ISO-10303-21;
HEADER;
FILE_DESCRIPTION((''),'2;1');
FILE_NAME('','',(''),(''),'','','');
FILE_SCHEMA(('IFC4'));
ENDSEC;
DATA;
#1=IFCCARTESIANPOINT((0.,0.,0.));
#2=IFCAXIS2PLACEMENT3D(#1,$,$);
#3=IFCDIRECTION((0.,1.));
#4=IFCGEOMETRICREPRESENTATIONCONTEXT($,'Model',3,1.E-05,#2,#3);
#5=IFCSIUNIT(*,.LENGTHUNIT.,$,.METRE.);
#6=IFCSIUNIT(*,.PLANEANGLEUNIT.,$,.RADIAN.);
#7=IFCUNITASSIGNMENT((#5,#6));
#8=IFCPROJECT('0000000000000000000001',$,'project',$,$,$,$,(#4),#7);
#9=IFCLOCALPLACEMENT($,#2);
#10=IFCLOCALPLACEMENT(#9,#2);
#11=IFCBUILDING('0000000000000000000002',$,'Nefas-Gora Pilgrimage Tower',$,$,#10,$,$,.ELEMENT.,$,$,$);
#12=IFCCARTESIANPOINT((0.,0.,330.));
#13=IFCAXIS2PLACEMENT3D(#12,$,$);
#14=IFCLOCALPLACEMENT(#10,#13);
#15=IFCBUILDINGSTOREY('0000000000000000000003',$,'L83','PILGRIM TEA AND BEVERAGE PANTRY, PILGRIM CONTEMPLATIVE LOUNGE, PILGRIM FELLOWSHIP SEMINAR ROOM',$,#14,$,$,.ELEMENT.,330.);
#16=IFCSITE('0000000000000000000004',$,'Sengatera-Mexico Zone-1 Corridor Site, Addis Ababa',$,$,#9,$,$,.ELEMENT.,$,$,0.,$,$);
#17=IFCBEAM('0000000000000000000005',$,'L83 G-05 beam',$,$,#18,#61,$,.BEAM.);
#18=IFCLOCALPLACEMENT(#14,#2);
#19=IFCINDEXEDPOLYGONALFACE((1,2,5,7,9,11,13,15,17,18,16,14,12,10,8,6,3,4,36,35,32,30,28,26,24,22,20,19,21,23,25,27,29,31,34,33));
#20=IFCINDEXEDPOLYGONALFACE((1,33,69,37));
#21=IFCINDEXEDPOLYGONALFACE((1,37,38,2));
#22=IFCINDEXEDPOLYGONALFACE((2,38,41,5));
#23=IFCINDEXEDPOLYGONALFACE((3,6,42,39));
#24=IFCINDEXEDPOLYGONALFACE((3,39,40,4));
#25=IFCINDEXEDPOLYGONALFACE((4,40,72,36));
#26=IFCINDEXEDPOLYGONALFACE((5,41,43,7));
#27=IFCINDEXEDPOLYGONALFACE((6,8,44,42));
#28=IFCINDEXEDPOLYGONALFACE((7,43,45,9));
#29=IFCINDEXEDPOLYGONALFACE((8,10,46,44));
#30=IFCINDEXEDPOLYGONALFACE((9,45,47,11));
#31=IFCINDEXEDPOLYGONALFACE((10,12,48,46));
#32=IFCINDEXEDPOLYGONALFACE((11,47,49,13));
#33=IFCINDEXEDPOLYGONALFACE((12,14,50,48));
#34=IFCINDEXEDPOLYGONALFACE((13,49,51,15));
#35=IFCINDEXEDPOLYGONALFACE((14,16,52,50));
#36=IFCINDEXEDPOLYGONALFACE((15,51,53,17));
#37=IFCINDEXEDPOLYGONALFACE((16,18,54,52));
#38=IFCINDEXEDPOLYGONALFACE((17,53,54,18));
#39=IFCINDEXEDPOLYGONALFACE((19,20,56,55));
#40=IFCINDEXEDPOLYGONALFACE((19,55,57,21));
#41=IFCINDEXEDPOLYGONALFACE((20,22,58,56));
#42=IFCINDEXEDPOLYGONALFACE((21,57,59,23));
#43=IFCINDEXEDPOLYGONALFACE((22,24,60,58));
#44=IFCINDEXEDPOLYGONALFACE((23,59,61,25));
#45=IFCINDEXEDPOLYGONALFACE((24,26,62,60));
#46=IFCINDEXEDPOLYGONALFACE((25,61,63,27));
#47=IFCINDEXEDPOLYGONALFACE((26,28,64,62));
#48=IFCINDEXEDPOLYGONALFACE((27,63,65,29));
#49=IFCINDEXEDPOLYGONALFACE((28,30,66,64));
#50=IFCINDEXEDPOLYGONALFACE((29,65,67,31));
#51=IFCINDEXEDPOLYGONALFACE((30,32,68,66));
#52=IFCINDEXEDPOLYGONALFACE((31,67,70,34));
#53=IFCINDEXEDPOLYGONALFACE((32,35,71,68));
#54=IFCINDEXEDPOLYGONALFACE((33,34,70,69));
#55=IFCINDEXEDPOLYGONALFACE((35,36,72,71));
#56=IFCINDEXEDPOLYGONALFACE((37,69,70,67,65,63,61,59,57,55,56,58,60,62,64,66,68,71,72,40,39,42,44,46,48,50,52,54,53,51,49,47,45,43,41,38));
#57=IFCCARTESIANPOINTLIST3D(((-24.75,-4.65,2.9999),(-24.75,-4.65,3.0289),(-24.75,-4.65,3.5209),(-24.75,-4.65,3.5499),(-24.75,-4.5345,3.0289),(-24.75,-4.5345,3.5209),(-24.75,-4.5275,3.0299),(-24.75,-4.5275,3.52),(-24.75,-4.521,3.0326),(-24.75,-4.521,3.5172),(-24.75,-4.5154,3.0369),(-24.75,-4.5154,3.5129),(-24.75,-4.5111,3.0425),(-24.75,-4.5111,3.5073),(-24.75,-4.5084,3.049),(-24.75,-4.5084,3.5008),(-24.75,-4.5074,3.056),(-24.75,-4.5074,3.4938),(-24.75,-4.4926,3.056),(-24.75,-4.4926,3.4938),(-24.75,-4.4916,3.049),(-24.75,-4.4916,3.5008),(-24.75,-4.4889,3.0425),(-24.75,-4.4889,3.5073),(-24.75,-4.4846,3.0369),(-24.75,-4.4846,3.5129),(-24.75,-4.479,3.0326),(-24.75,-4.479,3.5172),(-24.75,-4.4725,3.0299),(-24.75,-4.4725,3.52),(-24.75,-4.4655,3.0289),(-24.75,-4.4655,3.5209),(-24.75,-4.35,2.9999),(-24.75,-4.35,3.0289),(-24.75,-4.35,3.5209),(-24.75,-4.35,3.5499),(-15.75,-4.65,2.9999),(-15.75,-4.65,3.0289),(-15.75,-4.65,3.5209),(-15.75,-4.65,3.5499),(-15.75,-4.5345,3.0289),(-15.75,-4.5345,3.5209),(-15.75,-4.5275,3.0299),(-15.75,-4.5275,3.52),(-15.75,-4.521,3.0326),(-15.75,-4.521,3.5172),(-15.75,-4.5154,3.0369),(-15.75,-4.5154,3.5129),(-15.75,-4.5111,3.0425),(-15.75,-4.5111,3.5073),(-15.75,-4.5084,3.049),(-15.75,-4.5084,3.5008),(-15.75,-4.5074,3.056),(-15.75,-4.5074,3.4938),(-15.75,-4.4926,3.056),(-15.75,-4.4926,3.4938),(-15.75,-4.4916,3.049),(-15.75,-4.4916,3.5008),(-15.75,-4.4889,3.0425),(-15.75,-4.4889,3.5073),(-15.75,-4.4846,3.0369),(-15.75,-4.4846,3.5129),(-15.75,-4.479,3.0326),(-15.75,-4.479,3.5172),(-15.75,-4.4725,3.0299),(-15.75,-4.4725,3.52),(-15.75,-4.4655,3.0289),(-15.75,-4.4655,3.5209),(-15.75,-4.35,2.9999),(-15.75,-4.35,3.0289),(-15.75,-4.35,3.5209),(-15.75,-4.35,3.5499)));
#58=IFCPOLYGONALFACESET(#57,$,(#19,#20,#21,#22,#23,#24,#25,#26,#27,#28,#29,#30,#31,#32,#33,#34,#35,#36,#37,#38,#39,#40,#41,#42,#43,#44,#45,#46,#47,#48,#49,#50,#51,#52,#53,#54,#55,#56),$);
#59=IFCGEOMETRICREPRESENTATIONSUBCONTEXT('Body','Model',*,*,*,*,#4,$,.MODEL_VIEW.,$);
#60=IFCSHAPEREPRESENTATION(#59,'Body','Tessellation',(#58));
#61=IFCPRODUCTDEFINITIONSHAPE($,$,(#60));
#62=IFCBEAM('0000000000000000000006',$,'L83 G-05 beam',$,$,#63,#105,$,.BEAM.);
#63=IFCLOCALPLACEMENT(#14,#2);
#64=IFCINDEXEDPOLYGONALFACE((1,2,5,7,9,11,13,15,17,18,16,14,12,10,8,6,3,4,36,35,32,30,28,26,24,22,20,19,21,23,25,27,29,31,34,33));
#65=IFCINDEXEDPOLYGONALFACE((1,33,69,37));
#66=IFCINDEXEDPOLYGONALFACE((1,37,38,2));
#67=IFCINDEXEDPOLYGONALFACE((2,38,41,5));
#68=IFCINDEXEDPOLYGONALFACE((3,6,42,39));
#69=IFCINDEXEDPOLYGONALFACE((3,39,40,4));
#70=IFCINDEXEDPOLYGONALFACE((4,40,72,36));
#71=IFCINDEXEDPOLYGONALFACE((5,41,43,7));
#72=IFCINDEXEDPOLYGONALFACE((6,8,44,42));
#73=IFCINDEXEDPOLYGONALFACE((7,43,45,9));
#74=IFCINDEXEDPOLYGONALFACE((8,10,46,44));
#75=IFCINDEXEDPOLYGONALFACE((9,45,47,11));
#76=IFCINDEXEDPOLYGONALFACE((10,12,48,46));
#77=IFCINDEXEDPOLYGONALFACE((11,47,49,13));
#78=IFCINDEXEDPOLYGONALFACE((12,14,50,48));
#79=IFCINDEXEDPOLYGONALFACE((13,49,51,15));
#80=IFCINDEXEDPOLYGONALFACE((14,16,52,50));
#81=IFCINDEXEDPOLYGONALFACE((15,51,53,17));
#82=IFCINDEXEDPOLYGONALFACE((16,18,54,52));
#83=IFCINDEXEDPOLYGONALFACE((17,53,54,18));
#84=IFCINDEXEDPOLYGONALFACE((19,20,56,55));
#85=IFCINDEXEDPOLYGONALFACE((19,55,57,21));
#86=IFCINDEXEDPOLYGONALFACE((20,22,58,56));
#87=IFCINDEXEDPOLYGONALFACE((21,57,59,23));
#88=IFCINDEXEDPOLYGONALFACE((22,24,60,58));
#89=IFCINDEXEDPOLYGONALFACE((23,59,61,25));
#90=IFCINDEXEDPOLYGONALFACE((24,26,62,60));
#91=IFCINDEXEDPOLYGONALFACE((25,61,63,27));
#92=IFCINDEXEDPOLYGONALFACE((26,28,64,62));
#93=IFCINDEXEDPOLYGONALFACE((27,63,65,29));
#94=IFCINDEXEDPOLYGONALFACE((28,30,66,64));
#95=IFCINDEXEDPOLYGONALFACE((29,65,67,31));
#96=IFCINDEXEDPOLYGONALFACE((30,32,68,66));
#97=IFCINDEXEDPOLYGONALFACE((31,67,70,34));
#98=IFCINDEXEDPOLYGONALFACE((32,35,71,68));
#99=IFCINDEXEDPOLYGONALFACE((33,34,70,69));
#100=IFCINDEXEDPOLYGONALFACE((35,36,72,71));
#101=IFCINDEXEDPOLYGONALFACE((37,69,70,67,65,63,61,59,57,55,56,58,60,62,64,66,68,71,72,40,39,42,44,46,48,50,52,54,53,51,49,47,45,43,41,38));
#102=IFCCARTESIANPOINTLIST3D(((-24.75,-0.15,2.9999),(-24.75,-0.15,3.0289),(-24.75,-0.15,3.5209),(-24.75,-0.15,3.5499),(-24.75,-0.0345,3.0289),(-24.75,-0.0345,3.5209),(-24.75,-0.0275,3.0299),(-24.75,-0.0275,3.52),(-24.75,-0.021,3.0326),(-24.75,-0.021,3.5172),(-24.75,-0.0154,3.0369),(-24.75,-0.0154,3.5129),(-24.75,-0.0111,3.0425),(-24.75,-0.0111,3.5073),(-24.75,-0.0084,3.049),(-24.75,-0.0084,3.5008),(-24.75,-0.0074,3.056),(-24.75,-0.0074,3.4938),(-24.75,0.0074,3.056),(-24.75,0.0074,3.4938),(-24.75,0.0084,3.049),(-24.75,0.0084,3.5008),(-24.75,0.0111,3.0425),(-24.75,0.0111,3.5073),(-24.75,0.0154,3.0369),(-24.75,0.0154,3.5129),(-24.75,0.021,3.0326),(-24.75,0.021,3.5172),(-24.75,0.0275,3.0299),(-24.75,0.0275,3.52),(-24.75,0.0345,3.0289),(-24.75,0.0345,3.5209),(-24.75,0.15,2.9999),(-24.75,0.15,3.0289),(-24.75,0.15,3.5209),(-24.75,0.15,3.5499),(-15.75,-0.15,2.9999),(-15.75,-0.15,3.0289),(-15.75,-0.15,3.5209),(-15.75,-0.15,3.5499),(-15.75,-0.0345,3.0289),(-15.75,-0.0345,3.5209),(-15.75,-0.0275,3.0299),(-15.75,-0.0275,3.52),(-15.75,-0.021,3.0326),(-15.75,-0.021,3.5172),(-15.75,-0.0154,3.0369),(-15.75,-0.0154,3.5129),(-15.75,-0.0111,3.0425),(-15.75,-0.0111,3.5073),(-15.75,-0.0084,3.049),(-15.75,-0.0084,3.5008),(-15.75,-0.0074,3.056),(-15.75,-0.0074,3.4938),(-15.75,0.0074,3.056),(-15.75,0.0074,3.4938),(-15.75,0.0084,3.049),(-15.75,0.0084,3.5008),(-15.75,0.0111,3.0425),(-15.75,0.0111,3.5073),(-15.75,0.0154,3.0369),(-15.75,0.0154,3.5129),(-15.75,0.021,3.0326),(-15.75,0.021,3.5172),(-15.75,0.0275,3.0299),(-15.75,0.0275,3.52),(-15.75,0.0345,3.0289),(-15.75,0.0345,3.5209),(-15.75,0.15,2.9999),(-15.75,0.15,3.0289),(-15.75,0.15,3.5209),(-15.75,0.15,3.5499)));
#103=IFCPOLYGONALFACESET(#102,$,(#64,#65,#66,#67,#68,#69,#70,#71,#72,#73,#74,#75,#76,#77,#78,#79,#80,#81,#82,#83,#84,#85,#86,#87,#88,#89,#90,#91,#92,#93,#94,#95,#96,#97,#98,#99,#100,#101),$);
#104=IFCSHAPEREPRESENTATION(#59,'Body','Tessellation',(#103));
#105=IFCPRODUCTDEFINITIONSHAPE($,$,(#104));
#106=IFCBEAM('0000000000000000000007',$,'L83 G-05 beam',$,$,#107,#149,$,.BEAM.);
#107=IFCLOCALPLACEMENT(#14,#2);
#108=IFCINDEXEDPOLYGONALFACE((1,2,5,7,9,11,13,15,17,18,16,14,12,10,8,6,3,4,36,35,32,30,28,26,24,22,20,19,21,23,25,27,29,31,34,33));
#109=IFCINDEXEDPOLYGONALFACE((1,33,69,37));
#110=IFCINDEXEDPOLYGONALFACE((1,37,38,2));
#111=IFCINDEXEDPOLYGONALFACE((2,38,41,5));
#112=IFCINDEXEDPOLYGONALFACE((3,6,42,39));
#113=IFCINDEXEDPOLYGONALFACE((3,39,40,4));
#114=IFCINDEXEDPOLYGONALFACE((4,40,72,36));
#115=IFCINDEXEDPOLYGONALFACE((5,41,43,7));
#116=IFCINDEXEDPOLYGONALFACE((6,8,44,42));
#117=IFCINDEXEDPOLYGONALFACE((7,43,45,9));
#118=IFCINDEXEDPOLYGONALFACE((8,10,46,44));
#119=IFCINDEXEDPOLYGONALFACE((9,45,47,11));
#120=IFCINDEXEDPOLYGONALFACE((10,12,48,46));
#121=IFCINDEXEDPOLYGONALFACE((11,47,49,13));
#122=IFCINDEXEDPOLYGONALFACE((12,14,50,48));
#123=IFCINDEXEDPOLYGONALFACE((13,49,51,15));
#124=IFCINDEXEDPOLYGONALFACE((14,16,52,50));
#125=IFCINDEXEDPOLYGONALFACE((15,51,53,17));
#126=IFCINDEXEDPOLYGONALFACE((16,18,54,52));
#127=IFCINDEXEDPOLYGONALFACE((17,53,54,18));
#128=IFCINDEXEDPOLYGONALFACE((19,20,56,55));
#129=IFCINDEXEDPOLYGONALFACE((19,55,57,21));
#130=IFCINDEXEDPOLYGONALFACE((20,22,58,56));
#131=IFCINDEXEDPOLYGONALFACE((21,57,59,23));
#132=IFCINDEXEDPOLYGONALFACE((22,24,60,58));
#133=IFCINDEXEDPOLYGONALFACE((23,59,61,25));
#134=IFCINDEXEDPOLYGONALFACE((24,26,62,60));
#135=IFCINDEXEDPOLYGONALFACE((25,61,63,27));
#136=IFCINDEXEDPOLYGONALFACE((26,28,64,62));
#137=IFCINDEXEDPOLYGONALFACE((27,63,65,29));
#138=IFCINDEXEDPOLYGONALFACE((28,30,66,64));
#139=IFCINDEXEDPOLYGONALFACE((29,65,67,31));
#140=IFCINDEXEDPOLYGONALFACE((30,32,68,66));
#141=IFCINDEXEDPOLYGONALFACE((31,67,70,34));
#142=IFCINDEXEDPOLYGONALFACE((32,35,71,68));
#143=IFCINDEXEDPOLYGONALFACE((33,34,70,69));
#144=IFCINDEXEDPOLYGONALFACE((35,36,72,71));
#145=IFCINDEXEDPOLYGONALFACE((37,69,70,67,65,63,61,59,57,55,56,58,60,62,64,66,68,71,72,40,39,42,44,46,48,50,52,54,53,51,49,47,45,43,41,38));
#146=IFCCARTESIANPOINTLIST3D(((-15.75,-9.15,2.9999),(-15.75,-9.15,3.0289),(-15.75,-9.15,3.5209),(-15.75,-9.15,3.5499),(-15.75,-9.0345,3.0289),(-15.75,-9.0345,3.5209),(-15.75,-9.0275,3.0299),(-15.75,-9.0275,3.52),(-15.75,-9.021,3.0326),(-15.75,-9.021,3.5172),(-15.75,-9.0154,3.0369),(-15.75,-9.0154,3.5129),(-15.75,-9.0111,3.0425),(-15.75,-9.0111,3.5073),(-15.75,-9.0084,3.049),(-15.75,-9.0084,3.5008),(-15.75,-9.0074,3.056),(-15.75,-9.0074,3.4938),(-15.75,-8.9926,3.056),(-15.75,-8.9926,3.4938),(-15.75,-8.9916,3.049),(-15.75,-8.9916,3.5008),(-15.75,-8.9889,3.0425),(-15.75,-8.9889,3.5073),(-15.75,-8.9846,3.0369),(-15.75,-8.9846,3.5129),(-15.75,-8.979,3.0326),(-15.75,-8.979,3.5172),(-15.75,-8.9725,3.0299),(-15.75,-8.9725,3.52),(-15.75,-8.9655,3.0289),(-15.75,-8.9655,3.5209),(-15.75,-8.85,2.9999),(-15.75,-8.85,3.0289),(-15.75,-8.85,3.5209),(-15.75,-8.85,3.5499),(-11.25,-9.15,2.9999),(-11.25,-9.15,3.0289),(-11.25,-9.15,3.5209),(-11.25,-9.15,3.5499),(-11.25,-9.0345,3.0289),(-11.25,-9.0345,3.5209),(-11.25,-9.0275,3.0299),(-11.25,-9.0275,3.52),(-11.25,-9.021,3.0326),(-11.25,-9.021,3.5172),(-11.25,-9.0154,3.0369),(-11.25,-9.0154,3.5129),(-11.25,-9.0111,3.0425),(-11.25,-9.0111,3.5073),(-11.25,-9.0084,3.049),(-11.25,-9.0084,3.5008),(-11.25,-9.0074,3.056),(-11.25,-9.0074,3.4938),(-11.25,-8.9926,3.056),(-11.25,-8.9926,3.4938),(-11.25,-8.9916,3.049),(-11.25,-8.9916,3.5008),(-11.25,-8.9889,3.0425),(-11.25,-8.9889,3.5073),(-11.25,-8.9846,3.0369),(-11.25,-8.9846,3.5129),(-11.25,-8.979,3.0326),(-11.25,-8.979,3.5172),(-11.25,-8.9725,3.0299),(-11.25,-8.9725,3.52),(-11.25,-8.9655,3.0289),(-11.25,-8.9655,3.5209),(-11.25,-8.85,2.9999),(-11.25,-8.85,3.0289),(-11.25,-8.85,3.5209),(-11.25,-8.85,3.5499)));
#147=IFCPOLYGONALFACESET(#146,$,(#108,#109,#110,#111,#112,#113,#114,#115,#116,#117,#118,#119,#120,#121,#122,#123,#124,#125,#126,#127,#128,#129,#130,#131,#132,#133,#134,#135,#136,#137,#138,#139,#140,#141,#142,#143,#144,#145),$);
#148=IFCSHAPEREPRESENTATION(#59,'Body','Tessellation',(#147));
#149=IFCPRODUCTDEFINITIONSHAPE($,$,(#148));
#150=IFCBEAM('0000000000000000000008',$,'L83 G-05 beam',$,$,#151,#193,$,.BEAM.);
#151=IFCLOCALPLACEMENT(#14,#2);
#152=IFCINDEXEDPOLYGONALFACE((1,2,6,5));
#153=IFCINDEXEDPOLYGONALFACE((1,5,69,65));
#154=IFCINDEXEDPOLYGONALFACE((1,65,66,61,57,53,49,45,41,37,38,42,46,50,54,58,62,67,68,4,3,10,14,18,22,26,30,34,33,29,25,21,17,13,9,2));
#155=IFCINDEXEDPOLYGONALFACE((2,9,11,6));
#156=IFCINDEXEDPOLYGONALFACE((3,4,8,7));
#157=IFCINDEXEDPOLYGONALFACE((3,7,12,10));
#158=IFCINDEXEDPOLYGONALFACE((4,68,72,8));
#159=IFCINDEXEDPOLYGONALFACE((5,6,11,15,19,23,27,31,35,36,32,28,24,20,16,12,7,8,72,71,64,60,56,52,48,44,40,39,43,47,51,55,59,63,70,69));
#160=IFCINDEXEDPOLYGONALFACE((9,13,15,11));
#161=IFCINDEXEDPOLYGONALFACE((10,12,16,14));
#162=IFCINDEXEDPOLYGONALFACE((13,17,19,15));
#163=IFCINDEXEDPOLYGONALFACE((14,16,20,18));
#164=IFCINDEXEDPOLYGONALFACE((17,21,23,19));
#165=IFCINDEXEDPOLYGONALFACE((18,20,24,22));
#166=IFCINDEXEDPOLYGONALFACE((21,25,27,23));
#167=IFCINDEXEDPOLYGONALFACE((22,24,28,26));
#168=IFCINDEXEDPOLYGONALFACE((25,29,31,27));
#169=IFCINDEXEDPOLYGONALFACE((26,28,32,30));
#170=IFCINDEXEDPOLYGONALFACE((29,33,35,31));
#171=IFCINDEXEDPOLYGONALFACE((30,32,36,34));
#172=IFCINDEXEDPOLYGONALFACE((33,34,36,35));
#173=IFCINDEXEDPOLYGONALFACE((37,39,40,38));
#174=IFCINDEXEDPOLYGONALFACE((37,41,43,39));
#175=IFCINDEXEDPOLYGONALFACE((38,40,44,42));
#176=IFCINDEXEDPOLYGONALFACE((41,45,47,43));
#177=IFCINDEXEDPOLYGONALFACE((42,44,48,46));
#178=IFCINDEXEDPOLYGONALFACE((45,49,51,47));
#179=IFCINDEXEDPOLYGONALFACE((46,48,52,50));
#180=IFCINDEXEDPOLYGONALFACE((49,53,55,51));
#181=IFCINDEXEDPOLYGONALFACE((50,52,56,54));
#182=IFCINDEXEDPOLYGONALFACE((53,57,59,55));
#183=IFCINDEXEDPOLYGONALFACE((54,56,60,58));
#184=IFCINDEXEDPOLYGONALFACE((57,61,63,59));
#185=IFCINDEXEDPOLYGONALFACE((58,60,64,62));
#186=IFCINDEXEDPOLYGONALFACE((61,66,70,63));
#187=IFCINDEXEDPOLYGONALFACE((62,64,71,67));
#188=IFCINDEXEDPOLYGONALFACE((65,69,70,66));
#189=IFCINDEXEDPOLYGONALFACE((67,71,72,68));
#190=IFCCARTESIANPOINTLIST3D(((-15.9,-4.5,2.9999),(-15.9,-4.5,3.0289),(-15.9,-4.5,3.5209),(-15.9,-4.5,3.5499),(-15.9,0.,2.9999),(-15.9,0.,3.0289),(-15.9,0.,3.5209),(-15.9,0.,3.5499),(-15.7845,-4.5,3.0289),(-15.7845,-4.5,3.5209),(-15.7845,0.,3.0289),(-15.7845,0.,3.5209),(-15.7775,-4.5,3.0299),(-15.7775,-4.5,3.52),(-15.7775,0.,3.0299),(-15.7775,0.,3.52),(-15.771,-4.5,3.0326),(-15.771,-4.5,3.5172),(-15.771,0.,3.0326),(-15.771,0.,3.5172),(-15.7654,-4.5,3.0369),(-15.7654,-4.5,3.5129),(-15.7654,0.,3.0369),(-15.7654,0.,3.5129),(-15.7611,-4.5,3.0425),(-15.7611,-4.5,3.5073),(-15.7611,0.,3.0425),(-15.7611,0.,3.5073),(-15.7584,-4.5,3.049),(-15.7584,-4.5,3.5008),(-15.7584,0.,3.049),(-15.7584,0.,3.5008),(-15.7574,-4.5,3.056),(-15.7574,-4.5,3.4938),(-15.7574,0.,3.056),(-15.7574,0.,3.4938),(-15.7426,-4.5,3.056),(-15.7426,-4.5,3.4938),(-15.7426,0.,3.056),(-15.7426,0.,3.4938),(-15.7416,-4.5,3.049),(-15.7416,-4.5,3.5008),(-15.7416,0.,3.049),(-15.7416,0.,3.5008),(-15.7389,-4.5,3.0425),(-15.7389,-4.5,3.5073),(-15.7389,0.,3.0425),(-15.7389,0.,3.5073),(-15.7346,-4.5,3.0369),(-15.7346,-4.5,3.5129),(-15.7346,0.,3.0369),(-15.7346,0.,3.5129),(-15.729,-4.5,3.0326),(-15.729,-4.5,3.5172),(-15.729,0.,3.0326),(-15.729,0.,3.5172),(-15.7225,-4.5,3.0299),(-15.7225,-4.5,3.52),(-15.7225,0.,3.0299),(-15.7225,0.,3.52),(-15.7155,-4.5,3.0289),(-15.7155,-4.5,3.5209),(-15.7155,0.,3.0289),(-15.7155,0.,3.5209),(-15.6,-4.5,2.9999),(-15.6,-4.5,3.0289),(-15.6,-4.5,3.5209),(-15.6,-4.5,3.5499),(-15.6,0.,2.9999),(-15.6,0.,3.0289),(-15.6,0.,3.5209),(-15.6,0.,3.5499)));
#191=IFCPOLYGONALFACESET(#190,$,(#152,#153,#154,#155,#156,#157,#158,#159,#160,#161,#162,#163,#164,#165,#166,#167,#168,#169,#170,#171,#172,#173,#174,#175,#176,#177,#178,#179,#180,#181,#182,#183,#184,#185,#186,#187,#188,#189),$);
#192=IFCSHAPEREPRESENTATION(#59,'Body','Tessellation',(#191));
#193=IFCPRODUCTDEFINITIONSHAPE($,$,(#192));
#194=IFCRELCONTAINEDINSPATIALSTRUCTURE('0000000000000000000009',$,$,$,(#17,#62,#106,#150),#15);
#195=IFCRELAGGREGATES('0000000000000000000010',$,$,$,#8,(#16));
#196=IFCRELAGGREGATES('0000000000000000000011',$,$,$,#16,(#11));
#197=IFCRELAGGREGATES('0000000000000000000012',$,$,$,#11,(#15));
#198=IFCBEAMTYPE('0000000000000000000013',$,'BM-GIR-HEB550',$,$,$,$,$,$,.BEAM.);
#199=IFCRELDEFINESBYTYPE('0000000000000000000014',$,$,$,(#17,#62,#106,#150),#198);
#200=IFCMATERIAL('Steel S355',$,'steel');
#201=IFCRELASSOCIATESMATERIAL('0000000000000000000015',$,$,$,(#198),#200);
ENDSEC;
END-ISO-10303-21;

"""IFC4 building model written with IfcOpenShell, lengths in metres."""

from ifc_helpers import new_model, si_unit, direction, frame, origin, origin_2d, place, context, subcontext, project, spatial, i_section, extrude, source, transform, mapped, material, material_profile, profile_set, type_object, element, save


model = new_model("IFC4")

# Units and contexts
model_context = context("Model", 3, precision=1e-05, world=origin(), true_north=direction((0.0, 1.0)))
body_context = subcontext(model_context, "Body", "Model", "MODEL_VIEW")
ifc_project = project(units=[si_unit("LENGTHUNIT", "METRE"), si_unit("PLANEANGLEUNIT", "RADIAN")], contexts=[model_context])

# Site, building, storey
site_placement = place(None, origin())
site = spatial("IfcSite", under=ifc_project, at=site_placement, Name="Sengatera-Mexico Zone-1 Corridor Site, Addis Ababa", CompositionType="ELEMENT", RefElevation=0.0)
building_placement = place(site_placement, origin())
building = spatial("IfcBuilding", under=site, at=building_placement, Name="Nefas-Gora Pilgrimage Tower", CompositionType="ELEMENT")
storey_placement = place(building_placement, frame((0.0, 0.0, 330.0)))
storey = spatial("IfcBuildingStorey", under=building, at=storey_placement, Name="L83", Description="PILGRIM TEA AND BEVERAGE PANTRY, PILGRIM CONTEMPLATIVE LOUNGE, PILGRIM FELLOWSHIP SEMINAR ROOM", CompositionType="ELEMENT", Elevation=330.0)

# Shared definitions
ifc_material_1 = material(Name="Steel S355", Category="steel")

# Beams
ifc_material_profile_1 = material_profile(ifc_material_1, i_section(OverallWidth=0.3, OverallDepth=0.55, WebThickness=0.0149, FlangeThickness=0.0291, FilletRadius=0.0271, at=origin_2d()), Name="HEB 550")
ifc_profile_set_1 = profile_set([ifc_material_profile_1], Name="Steel S355")
beam_type_1 = type_object("IfcBeamType", Name="BM-GIR-HEB550", PredefinedType="BEAM", material=ifc_profile_set_1)
shared_shape_1 = source(origin(), body_context, "Body", "SweptSolid", [
    extrude(i_section(OverallWidth=0.3, OverallDepth=0.55, WebThickness=0.0149, FlangeThickness=0.0291, FilletRadius=0.0271, at=origin_2d()), origin(), (0.0, 0.0, 1.0), 9.0),
])
for number, where, z_axis, x_axis, name in (
    (1, (-24.75, -4.5, 3.2749), (1.0, 0.0, 0.0), (0.0, 1.0, 0.0), "L83 G-05 beam"),
    (2, (-24.75, 0.0, 3.2749), (1.0, 0.0, 0.0), (0.0, 1.0, 0.0), "L83 G-05 beam"),
):
    element("IfcBeam", number, at=place(storey_placement, frame(where, z_axis=z_axis, x_axis=x_axis)), inside=storey, type_object=beam_type_1, Name=name, PredefinedType="BEAM", context=body_context, shape_type="MappedRepresentation", body=[
        mapped(shared_shape_1, transform((0.0, 0.0, 0.0), x_axis=(1.0, 0.0, 0.0), y_axis=(0.0, 1.0, 0.0), z_axis=(0.0, 0.0, 1.0), scale=1.0)),
    ])
shared_shape_2 = source(origin(), body_context, "Body", "SweptSolid", [
    extrude(i_section(OverallWidth=0.3, OverallDepth=0.55, WebThickness=0.0149, FlangeThickness=0.0291, FilletRadius=0.0271, at=origin_2d()), origin(), (0.0, 0.0, 1.0), 4.5),
])
for number, where, z_axis, x_axis, name in (
    (3, (-15.75, -9.0, 3.2749), (1.0, 0.0, 0.0), (0.0, 1.0, 0.0), "L83 G-05 beam"),
    (4, (-15.75, -4.5, 3.2749), (0.0, 1.0, 0.0), (-1.0, 0.0, 0.0), "L83 G-05 beam"),
):
    element("IfcBeam", number, at=place(storey_placement, frame(where, z_axis=z_axis, x_axis=x_axis)), inside=storey, type_object=beam_type_1, Name=name, PredefinedType="BEAM", context=body_context, shape_type="MappedRepresentation", body=[
        mapped(shared_shape_2, transform((0.0, 0.0, 0.0), x_axis=(1.0, 0.0, 0.0), y_axis=(0.0, 1.0, 0.0), z_axis=(0.0, 0.0, 1.0), scale=1.0)),
    ])

save(model, "model.ifc")
